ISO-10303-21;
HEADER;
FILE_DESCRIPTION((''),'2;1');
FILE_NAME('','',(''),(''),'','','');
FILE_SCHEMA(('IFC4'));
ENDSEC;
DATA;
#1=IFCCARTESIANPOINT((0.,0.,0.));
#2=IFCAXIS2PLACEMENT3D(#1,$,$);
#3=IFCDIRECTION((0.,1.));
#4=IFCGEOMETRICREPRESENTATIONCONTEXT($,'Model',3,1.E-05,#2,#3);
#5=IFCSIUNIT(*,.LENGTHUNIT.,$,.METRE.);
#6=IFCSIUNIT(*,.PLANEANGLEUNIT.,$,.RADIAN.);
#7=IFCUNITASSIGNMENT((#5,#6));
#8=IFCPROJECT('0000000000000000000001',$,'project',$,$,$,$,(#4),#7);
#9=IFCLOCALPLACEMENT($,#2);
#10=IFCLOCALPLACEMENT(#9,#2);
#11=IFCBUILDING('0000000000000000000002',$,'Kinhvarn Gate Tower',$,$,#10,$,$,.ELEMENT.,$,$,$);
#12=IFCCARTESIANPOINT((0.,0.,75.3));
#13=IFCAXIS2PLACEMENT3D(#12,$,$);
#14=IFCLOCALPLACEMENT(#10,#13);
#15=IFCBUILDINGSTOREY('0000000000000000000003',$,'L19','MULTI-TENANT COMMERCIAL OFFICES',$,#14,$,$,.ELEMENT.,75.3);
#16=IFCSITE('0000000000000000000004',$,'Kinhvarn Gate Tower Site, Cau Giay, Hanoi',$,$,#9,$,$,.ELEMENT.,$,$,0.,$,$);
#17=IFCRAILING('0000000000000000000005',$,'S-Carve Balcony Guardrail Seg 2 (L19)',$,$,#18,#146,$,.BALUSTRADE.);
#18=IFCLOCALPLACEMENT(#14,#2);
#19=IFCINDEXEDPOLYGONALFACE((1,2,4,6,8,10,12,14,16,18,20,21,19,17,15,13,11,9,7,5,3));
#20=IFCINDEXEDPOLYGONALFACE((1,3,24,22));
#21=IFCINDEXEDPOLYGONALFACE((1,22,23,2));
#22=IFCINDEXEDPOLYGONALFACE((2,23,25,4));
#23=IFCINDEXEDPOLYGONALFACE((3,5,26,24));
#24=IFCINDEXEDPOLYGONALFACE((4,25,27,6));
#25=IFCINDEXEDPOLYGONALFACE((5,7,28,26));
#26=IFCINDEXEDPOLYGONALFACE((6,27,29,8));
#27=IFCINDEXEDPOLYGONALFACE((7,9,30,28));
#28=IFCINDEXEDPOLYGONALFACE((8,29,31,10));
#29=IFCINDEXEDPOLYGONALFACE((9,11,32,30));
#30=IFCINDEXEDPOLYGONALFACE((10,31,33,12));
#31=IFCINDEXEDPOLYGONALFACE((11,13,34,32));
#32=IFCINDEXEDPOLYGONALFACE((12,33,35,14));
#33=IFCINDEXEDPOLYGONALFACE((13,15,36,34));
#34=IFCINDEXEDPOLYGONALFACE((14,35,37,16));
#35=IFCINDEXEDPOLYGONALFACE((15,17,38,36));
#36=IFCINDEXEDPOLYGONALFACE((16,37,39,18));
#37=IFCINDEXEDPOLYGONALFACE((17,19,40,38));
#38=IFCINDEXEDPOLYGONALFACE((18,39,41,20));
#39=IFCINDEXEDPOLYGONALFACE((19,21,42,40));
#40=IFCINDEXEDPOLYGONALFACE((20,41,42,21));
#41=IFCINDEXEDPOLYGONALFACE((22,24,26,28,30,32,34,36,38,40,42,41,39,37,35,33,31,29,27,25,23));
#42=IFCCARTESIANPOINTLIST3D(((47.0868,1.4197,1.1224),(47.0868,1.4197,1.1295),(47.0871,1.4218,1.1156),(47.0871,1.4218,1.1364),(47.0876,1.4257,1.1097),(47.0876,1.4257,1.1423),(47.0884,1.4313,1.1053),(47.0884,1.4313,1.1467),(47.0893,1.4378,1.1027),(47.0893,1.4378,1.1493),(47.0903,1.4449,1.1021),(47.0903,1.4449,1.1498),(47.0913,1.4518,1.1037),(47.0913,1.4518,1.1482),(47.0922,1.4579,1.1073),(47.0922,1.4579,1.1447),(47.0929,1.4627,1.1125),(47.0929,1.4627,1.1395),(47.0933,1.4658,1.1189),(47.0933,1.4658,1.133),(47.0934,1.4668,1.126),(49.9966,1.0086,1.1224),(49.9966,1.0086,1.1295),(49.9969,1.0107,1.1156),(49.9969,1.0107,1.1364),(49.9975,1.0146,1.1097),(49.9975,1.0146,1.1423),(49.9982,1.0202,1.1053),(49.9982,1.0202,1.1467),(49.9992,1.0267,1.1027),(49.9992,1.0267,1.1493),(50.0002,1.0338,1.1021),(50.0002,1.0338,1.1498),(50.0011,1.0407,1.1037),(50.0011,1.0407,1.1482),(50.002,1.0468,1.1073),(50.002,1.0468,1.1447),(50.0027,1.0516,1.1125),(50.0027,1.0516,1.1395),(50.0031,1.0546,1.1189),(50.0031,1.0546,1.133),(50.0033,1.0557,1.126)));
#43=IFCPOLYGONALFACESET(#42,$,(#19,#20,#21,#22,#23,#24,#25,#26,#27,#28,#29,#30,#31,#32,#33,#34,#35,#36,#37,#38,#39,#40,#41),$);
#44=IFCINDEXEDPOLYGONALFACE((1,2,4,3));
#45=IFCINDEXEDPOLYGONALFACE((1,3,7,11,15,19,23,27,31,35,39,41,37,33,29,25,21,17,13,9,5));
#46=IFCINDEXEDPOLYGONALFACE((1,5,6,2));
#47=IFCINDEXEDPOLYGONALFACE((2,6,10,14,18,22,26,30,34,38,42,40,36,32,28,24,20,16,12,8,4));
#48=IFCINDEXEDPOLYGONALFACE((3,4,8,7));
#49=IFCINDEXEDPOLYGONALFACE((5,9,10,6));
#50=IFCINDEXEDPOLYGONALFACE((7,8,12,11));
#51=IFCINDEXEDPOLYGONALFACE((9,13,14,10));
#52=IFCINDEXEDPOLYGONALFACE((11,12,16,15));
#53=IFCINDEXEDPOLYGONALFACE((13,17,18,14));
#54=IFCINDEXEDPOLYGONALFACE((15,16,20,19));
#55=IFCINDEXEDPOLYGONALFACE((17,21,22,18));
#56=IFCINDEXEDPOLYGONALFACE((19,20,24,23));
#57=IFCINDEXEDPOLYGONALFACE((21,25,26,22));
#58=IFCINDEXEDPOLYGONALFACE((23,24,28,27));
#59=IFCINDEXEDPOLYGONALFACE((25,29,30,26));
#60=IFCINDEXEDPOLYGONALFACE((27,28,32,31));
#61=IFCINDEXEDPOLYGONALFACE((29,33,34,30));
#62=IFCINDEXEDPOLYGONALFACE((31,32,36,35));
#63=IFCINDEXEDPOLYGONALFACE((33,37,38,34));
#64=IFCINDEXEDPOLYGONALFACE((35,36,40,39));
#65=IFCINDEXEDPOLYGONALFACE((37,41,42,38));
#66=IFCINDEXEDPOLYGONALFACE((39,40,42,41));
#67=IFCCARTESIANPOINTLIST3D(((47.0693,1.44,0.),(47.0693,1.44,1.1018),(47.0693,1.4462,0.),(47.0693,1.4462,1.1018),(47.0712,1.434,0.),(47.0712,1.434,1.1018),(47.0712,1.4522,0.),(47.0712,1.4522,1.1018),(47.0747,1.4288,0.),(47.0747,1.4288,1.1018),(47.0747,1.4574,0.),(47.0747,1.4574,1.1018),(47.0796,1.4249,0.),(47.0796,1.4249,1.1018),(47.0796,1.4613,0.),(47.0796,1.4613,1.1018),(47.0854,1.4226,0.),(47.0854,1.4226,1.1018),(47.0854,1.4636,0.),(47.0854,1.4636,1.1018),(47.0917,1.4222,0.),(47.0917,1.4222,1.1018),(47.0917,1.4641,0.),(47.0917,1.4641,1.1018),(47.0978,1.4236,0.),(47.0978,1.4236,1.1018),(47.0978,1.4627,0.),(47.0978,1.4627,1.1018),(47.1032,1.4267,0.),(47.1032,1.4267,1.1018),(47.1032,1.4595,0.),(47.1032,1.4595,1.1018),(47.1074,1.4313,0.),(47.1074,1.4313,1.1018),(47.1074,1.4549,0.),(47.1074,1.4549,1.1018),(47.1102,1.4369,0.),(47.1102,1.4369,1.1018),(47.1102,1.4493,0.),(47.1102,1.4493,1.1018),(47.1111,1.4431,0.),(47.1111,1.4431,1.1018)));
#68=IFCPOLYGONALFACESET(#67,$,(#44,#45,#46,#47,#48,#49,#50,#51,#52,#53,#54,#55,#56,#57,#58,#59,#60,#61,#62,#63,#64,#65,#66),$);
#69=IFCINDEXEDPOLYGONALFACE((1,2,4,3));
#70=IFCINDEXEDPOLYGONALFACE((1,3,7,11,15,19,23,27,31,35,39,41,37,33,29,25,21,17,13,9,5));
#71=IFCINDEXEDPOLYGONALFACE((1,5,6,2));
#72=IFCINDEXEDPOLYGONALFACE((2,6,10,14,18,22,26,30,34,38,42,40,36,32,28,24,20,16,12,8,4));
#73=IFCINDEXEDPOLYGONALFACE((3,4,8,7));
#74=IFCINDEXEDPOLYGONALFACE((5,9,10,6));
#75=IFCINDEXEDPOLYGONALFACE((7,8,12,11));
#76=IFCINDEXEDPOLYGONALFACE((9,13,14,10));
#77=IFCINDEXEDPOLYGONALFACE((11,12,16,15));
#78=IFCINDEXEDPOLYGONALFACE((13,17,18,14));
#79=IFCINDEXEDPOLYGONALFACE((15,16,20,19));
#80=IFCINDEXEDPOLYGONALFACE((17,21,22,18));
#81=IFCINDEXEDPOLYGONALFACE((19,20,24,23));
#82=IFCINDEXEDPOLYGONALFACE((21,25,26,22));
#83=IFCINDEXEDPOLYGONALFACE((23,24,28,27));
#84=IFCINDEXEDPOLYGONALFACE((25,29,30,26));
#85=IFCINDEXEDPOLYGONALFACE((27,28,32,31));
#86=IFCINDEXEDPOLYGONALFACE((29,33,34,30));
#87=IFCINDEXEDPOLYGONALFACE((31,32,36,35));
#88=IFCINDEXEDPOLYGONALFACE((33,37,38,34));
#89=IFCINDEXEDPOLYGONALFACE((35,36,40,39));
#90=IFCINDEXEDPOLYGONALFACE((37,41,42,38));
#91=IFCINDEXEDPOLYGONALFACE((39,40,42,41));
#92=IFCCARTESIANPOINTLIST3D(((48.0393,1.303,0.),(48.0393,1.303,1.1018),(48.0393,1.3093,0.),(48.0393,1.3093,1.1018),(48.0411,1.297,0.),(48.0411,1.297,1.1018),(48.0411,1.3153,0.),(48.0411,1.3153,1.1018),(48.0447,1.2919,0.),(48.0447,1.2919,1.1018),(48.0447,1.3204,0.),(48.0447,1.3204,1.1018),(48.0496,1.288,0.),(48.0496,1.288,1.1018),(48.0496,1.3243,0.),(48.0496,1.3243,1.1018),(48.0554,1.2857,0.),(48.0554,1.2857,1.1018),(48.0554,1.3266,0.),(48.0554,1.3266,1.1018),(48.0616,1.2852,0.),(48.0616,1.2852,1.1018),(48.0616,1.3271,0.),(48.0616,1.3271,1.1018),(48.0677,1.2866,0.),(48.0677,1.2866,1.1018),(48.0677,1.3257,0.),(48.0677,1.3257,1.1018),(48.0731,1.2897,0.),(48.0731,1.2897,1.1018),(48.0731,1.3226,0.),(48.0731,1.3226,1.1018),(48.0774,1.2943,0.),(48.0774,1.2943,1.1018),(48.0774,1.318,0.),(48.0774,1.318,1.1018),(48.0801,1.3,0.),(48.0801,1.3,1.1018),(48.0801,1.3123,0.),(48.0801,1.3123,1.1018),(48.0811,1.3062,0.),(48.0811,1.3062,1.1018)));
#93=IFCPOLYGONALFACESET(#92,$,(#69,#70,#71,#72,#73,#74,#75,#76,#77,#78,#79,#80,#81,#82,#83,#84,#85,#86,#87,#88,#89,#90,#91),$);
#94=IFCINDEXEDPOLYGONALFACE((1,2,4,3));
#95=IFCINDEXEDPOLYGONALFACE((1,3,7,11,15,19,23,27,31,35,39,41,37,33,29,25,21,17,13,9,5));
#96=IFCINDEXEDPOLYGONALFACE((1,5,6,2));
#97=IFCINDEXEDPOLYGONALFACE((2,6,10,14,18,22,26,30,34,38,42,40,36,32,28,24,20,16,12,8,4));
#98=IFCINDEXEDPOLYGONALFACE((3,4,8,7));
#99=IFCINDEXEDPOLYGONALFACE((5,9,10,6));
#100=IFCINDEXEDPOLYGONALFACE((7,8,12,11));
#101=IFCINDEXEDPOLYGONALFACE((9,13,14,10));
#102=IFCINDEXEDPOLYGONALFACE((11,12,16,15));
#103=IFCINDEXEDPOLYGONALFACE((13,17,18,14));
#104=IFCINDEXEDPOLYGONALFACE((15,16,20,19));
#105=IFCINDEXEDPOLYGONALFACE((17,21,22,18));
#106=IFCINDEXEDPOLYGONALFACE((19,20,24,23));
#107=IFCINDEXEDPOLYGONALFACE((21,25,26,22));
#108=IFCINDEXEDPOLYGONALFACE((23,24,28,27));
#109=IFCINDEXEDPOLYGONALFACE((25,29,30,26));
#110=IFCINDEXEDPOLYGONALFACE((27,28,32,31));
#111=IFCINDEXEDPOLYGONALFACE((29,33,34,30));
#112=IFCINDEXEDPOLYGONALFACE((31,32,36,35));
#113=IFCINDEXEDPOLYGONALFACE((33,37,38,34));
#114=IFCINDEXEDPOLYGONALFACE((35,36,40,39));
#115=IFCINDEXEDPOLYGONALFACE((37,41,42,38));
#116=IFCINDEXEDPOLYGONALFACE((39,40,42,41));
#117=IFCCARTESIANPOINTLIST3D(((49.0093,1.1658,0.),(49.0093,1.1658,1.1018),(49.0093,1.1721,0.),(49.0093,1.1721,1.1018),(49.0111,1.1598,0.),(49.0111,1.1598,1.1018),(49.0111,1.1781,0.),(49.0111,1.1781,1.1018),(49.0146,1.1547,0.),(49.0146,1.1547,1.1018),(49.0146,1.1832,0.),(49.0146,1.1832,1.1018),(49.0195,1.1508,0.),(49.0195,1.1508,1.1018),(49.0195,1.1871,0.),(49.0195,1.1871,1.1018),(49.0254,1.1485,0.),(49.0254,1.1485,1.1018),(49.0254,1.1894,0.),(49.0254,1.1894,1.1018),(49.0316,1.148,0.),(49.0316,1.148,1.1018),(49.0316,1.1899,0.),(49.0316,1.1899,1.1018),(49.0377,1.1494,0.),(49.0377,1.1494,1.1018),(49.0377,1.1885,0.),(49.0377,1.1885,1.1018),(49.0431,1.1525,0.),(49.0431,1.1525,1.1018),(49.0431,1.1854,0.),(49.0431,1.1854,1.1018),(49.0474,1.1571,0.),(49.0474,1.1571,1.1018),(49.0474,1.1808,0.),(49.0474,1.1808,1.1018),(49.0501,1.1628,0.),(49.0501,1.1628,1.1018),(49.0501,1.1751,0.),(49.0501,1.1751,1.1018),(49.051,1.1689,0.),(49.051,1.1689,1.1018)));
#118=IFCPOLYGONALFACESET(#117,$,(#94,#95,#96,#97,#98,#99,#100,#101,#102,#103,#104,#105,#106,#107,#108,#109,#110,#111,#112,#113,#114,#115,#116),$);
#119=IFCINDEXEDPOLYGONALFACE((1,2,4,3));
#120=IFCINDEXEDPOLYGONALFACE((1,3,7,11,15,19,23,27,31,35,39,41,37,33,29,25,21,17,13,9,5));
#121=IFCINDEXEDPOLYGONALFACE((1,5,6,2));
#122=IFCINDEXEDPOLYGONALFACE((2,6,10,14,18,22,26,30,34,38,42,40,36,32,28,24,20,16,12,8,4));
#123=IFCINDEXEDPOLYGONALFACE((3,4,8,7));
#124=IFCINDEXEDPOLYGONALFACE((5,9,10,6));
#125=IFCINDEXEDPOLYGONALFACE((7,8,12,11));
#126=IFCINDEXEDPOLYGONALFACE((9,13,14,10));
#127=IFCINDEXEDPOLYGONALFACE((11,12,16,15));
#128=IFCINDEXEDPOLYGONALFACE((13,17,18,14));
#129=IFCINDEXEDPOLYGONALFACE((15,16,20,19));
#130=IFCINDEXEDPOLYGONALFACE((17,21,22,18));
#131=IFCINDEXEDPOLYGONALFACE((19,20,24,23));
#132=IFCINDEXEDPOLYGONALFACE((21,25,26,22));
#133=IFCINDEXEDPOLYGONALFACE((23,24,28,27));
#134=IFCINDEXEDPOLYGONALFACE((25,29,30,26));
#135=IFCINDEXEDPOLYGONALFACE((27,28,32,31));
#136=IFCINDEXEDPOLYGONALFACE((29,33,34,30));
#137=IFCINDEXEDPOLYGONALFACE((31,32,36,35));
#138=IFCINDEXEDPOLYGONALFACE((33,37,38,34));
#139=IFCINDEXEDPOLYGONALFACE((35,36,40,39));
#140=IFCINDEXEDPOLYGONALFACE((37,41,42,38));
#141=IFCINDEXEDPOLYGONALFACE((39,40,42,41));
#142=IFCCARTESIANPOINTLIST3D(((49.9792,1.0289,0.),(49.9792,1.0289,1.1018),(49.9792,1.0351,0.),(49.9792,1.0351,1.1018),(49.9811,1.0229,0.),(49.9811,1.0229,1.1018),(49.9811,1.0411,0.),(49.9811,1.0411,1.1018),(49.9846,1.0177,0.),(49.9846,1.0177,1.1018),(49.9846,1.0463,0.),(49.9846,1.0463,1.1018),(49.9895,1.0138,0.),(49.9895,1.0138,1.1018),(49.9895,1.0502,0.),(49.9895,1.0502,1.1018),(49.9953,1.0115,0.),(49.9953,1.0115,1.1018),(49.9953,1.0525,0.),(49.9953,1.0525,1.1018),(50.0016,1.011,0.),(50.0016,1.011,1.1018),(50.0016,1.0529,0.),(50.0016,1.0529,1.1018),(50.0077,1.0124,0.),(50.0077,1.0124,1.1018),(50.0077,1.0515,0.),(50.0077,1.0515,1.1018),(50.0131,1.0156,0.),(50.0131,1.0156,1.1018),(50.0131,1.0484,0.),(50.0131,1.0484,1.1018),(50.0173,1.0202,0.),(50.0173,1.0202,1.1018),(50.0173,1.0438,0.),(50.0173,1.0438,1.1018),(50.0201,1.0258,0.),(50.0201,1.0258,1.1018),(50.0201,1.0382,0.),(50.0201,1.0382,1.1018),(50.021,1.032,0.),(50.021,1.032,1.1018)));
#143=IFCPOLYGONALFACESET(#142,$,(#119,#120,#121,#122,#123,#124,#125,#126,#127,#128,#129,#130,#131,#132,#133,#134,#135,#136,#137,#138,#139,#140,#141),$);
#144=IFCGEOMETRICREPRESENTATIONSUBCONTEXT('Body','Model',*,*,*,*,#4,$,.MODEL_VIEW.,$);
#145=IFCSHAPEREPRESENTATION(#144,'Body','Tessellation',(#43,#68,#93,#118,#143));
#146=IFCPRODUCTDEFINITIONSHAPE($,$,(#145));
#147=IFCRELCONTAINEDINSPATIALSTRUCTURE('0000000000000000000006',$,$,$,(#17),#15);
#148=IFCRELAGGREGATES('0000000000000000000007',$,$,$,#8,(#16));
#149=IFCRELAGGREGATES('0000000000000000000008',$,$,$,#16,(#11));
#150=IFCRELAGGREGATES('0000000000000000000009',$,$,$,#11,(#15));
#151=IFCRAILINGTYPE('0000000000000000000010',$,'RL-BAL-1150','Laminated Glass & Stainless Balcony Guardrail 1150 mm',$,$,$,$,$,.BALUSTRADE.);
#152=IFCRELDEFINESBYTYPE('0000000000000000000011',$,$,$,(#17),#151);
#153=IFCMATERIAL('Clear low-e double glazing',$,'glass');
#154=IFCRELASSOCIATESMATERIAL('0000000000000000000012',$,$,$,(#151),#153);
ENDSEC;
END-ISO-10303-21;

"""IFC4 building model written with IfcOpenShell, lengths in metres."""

from ifc_helpers import new_model, si_unit, direction, frame, origin, origin_2d, place, context, subcontext, project, spatial, circle, extrude, material, type_object, element, save


model = new_model("IFC4")

# Units and contexts
model_context = context("Model", 3, precision=1e-05, world=origin(), true_north=direction((0.0, 1.0)))
body_context = subcontext(model_context, "Body", "Model", "MODEL_VIEW")
ifc_project = project(units=[si_unit("LENGTHUNIT", "METRE"), si_unit("PLANEANGLEUNIT", "RADIAN")], contexts=[model_context])

# Site, building, storey
site_placement = place(None, origin())
site = spatial("IfcSite", under=ifc_project, at=site_placement, Name="Kinhvarn Gate Tower Site, Cau Giay, Hanoi", CompositionType="ELEMENT", RefElevation=0.0)
building_placement = place(site_placement, origin())
building = spatial("IfcBuilding", under=site, at=building_placement, Name="Kinhvarn Gate Tower", CompositionType="ELEMENT")
storey_placement = place(building_placement, frame((0.0, 0.0, 75.3)))
storey = spatial("IfcBuildingStorey", under=building, at=storey_placement, Name="L19", Description="MULTI-TENANT COMMERCIAL OFFICES", CompositionType="ELEMENT", Elevation=75.3)

# Shared definitions
ifc_material_1 = material(Name="Clear low-e double glazing", Category="glass")

# Railing
railing_type = type_object("IfcRailingType", Name="RL-BAL-1150", Description="Laminated Glass & Stainless Balcony Guardrail 1150 mm", PredefinedType="BALUSTRADE", material=ifc_material_1)
railing_1_placement = place(storey_placement, frame((47.0901, 1.4431, 0.0)))
element("IfcRailing", 1, at=railing_1_placement, inside=storey, type_object=railing_type, Name="S-Carve Balcony Guardrail Seg 2 (L19)", PredefinedType="BALUSTRADE", context=body_context, shape_type="SweptSolid", body=[
    extrude(circle(Radius=0.0239, at=origin_2d()), frame((0.0, 0.0, 1.126), z_axis=(0.990166, -0.139898, 0.0), x_axis=(0.139898, 0.990166, 0.0)), (0.0, 0.0, 1.0), 2.9387),
    extrude(circle(Radius=0.021, at=origin_2d()), origin(), (0.0, 0.0, 1.0), 1.1018),
    extrude(circle(Radius=0.021, at=origin_2d()), frame((0.97, -0.137, 0.0)), (0.0, 0.0, 1.0), 1.1018),
    extrude(circle(Radius=0.021, at=origin_2d()), frame((1.9399, -0.2742, 0.0)), (0.0, 0.0, 1.0), 1.1018),
    extrude(circle(Radius=0.021, at=origin_2d()), frame((2.9099, -0.4111, 0.0)), (0.0, 0.0, 1.0), 1.1018),
])

save(model, "model.ifc")
